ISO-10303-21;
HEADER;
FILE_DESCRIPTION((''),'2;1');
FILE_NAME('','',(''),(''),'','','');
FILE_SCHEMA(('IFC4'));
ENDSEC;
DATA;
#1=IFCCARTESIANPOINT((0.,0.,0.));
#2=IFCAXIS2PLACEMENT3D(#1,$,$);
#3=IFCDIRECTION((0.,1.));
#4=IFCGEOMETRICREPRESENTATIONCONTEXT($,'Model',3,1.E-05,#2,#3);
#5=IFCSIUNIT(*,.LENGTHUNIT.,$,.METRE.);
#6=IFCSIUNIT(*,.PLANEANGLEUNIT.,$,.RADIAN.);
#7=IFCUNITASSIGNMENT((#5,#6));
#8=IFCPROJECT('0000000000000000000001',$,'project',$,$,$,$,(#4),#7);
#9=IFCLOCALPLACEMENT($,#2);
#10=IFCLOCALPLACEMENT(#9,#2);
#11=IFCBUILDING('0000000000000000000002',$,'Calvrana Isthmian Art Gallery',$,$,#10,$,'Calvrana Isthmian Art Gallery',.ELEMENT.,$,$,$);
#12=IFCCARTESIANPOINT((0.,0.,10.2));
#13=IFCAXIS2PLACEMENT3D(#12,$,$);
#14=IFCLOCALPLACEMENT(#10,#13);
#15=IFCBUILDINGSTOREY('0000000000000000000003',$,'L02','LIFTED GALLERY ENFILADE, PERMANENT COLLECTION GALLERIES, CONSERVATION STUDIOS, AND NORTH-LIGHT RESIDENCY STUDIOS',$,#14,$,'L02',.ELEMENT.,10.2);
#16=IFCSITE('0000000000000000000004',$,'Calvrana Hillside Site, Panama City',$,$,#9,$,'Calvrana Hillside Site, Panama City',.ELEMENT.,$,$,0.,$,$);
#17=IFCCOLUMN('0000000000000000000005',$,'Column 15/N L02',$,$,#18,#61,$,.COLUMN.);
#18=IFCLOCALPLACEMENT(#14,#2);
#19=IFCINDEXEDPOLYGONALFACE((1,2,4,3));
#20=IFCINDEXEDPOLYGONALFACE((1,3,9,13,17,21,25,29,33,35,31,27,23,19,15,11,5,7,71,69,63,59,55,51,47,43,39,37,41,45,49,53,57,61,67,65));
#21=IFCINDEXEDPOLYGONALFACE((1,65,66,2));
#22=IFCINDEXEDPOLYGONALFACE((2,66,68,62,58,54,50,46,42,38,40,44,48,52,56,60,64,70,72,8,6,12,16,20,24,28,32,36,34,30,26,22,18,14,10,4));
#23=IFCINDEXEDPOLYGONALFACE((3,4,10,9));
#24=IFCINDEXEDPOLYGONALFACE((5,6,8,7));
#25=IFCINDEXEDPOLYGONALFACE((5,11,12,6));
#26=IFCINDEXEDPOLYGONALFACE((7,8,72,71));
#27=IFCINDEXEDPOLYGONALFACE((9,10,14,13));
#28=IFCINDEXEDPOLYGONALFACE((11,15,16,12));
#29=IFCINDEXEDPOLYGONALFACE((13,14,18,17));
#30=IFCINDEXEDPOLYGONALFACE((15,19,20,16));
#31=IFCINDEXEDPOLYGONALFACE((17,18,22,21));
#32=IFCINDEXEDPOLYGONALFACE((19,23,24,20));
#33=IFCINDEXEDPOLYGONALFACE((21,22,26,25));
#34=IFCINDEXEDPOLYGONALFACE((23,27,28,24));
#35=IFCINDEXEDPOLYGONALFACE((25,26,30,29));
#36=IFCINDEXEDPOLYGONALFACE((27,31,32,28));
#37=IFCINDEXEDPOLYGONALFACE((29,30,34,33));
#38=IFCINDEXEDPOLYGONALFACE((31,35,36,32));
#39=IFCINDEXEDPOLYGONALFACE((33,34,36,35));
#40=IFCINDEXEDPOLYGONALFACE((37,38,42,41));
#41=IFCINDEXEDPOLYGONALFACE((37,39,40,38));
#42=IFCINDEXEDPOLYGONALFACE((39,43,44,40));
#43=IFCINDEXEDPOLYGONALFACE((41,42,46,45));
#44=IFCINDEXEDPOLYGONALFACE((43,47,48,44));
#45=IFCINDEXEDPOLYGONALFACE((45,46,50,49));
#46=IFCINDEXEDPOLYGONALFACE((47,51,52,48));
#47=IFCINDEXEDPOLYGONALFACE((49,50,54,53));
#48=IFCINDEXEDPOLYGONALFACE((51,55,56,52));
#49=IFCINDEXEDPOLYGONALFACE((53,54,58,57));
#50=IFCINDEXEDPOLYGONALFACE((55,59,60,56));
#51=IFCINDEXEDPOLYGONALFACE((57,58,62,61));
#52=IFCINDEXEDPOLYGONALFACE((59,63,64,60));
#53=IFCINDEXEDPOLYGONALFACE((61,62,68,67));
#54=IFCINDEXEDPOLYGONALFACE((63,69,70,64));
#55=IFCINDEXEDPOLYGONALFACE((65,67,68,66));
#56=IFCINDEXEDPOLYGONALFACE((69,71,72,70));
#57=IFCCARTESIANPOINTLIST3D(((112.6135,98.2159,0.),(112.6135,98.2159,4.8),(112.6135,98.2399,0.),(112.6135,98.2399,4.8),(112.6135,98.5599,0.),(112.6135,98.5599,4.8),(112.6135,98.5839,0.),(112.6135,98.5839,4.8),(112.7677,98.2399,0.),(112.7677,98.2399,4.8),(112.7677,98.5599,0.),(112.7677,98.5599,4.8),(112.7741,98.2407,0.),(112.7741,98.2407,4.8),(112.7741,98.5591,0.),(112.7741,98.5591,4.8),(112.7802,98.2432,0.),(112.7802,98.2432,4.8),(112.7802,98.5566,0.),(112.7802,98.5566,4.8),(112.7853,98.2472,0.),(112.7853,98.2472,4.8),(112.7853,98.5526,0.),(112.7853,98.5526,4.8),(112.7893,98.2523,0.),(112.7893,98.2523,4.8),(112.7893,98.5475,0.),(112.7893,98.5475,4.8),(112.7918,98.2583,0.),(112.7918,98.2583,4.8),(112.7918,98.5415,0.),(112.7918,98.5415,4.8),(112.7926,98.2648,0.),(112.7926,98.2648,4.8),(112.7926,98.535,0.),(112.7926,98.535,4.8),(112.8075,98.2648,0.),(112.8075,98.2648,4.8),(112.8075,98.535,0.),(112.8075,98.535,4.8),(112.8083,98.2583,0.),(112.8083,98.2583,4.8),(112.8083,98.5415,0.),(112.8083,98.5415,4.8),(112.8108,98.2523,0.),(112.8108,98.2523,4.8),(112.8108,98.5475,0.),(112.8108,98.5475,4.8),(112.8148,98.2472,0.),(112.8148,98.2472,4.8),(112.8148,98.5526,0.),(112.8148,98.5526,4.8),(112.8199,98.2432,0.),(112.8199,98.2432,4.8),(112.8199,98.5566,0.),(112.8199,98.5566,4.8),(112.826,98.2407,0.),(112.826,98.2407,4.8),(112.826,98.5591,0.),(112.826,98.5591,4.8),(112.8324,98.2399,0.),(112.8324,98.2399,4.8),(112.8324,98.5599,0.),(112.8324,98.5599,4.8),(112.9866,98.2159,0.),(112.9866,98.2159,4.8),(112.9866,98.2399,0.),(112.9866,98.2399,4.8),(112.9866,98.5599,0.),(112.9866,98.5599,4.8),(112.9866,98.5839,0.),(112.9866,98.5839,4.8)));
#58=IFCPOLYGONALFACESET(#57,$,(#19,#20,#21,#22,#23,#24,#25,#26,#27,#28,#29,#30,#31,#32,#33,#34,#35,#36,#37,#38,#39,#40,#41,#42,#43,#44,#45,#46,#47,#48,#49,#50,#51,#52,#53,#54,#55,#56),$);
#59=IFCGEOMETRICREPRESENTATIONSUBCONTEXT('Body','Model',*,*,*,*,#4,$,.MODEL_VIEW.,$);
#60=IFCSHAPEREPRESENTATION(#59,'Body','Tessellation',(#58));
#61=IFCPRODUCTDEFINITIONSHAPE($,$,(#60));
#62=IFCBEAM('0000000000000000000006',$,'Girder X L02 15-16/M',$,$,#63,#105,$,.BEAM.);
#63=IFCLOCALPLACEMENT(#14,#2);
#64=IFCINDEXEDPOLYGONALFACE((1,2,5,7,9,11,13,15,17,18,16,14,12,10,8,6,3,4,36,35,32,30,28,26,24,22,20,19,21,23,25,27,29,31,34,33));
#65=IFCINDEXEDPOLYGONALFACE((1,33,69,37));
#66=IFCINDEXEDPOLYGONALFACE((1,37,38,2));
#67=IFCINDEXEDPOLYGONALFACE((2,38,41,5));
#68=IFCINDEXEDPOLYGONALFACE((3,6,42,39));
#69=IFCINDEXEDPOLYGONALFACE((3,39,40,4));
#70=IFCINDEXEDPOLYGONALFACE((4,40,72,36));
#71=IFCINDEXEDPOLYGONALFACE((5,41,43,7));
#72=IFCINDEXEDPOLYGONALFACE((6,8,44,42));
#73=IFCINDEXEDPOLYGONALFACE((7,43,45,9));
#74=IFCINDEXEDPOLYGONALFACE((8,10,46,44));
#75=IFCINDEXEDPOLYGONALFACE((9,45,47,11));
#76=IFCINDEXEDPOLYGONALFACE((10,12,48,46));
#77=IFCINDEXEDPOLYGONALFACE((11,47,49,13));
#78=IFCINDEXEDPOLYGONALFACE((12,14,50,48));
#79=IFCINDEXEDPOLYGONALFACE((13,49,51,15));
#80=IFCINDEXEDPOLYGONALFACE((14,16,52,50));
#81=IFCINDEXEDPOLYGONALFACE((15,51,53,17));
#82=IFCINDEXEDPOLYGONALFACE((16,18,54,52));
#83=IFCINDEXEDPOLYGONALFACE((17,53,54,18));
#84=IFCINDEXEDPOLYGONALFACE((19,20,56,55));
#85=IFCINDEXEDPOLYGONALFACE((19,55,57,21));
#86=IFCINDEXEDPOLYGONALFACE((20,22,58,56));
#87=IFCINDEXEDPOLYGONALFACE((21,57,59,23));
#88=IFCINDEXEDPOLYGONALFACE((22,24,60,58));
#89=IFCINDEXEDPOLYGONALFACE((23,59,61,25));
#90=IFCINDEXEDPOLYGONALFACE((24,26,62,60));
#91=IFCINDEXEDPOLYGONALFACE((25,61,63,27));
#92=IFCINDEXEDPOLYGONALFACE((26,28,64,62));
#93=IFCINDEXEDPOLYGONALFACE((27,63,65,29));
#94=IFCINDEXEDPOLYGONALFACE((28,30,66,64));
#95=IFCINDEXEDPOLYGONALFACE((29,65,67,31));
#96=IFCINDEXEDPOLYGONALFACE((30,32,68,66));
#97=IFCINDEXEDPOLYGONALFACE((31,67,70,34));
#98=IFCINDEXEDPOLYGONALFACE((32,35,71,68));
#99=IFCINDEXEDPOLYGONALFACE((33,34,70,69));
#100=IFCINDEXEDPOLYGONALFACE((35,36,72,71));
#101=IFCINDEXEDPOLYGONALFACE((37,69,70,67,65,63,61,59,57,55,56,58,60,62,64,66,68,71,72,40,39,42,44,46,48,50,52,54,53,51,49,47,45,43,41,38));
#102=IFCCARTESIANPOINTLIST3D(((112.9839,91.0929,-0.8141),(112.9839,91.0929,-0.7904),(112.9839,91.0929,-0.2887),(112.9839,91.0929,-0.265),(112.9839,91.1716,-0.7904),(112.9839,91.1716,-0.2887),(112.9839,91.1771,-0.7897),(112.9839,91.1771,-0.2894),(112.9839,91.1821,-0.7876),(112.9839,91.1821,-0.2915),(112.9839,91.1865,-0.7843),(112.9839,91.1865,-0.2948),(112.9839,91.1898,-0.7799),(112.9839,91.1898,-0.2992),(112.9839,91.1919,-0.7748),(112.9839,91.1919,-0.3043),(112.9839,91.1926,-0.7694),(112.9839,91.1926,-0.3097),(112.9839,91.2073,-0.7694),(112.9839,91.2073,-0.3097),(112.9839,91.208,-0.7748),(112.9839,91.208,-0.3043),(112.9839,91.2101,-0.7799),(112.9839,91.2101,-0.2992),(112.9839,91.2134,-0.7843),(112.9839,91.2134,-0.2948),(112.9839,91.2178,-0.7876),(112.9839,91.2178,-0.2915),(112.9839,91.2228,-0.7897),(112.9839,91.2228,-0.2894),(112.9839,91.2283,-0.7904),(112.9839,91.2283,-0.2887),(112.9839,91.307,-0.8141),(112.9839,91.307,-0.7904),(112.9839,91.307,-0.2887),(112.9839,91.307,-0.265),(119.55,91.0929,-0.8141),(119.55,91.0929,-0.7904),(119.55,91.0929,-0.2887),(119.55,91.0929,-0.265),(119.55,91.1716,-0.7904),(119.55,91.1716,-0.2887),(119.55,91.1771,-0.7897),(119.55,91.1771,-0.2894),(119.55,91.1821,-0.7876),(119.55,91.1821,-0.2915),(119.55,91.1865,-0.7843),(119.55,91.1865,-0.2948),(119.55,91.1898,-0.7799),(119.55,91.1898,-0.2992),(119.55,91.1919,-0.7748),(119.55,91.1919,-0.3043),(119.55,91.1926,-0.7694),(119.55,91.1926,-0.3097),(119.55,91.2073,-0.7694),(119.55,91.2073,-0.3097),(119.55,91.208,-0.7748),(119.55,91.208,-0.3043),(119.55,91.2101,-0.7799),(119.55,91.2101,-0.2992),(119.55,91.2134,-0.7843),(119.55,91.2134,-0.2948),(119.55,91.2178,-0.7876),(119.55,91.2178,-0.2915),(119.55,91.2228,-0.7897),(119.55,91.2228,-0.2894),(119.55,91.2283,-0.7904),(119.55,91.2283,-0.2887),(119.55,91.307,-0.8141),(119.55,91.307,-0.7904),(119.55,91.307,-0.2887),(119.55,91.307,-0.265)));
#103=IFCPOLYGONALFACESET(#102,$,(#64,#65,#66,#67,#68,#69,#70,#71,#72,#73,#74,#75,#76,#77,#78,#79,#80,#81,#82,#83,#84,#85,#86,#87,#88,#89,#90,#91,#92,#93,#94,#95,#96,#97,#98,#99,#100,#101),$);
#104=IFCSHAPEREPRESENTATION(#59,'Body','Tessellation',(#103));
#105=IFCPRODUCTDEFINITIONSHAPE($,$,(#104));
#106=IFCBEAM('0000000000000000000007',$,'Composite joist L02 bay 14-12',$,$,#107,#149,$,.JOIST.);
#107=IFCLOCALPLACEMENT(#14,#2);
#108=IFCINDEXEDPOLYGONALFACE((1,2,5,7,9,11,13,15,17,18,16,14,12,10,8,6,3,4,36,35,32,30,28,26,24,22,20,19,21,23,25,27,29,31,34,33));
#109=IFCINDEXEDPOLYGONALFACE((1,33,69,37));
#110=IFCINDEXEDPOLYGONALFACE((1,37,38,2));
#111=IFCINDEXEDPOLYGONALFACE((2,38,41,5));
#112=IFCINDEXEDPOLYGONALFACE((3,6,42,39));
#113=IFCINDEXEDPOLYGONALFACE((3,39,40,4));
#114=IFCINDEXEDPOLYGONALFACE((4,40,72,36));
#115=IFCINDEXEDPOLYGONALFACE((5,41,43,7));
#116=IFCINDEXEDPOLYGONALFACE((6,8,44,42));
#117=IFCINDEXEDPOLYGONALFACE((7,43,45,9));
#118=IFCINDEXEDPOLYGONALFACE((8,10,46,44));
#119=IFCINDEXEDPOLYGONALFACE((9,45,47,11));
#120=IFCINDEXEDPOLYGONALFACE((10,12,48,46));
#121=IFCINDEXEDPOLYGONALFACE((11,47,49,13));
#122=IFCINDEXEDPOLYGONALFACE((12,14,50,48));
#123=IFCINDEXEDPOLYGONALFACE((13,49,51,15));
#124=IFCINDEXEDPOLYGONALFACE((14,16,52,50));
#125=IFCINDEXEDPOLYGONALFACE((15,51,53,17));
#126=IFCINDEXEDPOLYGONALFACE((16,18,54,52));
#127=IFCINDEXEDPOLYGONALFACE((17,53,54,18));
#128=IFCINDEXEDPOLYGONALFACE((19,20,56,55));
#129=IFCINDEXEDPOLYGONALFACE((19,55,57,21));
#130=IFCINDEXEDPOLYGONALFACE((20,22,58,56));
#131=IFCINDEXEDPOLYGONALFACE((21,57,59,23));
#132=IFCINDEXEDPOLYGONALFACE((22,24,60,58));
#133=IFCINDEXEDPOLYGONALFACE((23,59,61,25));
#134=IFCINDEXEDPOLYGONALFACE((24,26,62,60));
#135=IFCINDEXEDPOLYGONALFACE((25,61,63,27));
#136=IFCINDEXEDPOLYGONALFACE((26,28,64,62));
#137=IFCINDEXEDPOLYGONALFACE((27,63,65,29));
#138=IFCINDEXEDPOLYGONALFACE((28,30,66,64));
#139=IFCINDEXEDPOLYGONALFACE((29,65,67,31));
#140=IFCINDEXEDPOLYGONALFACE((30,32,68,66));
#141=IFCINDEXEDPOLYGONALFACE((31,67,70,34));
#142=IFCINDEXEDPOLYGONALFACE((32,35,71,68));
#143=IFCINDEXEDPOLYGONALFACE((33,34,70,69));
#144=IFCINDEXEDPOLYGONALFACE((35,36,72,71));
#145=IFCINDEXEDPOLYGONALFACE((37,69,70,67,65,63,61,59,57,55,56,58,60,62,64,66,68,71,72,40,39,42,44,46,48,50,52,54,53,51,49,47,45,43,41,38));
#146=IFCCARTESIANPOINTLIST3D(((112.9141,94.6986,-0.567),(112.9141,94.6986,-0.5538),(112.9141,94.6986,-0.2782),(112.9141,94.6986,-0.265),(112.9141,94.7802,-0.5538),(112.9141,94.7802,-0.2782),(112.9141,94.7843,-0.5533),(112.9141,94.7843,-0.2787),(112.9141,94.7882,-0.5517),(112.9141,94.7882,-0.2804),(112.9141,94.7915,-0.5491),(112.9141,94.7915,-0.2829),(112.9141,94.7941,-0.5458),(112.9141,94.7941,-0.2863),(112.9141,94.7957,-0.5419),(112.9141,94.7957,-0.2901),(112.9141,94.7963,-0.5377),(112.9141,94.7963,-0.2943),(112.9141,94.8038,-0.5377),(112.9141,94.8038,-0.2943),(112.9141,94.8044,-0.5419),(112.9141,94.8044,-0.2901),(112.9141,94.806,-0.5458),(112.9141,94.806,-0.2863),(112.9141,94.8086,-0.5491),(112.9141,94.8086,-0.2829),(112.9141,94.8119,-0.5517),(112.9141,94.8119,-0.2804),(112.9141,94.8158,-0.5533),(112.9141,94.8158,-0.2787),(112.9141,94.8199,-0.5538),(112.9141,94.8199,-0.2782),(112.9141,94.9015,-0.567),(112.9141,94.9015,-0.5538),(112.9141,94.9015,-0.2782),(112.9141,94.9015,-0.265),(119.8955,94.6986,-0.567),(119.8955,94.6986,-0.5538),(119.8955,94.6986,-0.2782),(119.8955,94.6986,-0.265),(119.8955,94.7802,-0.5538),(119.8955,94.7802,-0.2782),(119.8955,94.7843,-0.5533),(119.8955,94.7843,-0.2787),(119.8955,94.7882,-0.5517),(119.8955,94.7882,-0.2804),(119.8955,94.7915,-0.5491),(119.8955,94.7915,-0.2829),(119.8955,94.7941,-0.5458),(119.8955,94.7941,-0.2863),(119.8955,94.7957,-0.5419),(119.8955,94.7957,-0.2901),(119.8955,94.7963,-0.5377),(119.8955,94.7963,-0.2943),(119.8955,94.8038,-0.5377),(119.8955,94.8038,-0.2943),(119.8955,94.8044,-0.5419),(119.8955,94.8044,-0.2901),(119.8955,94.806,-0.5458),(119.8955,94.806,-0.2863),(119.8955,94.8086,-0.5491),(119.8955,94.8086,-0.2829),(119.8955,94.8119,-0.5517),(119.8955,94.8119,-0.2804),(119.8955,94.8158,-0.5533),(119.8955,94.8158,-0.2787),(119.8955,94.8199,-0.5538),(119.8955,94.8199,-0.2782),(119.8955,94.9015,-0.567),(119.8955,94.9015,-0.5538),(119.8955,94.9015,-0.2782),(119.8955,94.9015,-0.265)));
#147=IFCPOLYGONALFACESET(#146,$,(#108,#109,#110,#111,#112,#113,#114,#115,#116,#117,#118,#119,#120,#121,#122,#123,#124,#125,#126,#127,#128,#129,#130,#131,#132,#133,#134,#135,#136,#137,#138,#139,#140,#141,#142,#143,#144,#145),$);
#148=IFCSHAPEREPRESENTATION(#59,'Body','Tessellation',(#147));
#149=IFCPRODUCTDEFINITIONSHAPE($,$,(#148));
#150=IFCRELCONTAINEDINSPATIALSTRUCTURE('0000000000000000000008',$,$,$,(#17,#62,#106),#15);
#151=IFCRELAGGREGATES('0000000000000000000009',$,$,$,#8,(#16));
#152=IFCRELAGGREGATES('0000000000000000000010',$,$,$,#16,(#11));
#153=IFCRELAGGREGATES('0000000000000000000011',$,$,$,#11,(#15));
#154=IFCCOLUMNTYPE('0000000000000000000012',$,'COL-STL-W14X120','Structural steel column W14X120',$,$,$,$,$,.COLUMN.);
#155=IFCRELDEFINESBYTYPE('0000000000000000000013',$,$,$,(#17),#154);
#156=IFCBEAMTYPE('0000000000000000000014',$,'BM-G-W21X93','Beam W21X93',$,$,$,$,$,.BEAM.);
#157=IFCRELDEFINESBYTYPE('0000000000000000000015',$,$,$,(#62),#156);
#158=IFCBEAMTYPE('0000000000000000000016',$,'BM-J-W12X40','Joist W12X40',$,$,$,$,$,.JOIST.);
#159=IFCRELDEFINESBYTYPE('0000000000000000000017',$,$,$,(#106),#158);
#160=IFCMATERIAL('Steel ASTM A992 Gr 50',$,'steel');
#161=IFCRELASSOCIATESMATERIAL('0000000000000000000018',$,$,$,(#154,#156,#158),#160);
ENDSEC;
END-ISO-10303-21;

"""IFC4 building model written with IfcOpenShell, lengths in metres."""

from ifc_helpers import new_model, si_unit, direction, frame, origin, origin_2d, place, context, subcontext, project, spatial, i_section, extrude, material, material_profile, profile_set, type_object, element, save


model = new_model("IFC4")

# Units and contexts
model_context = context("Model", 3, precision=1e-05, world=origin(), true_north=direction((0.0, 1.0)))
body_context = subcontext(model_context, "Body", "Model", "MODEL_VIEW")
ifc_project = project(units=[si_unit("LENGTHUNIT", "METRE"), si_unit("PLANEANGLEUNIT", "RADIAN")], contexts=[model_context])

# Site, building, storey
site_placement = place(None, origin())
site = spatial("IfcSite", under=ifc_project, at=site_placement, Name="Calvrana Hillside Site, Panama City", LongName="Calvrana Hillside Site, Panama City", CompositionType="ELEMENT", RefElevation=0.0)
building_placement = place(site_placement, origin())
building = spatial("IfcBuilding", under=site, at=building_placement, Name="Calvrana Isthmian Art Gallery", LongName="Calvrana Isthmian Art Gallery", CompositionType="ELEMENT")
storey_placement = place(building_placement, frame((0.0, 0.0, 10.2)))
storey = spatial("IfcBuildingStorey", under=building, at=storey_placement, Name="L02", Description="LIFTED GALLERY ENFILADE, PERMANENT COLLECTION GALLERIES, CONSERVATION STUDIOS, AND NORTH-LIGHT RESIDENCY STUDIOS", LongName="L02", CompositionType="ELEMENT", Elevation=10.2)

# Column
ifc_material_1 = material(Name="Steel ASTM A992 Gr 50", Category="steel")
ifc_material_profile_1 = material_profile(ifc_material_1, i_section(OverallWidth=0.373, OverallDepth=0.3679, WebThickness=0.0149, FlangeThickness=0.0239, FilletRadius=0.0249, at=origin_2d()), Name="W14X120")
ifc_profile_set_1 = profile_set([ifc_material_profile_1], Name="Steel ASTM A992 Gr 50")
column_type = type_object("IfcColumnType", Name="COL-STL-W14X120", Description="Structural steel column W14X120", PredefinedType="COLUMN", material=ifc_profile_set_1)
column_placement = place(storey_placement, frame((112.8, 98.3999, 0.0), z_axis=(0.0, 0.0, 1.0), x_axis=(1.0, 0.0, 0.0)))
element("IfcColumn", 1, at=column_placement, inside=storey, type_object=column_type, Name="Column 15/N L02", PredefinedType="COLUMN", context=body_context, shape_type="SweptSolid", body=[
    extrude(i_section(OverallWidth=0.373, OverallDepth=0.3679, WebThickness=0.0149, FlangeThickness=0.0239, FilletRadius=0.0249, at=origin_2d()), origin(), (0.0, 0.0, 1.0), 4.8),
])

# Beams
ifc_material_profile_2 = material_profile(ifc_material_1, i_section(OverallWidth=0.2141, OverallDepth=0.5491, WebThickness=0.0146, FlangeThickness=0.0237, FilletRadius=0.021, at=origin_2d()), Name="W21X93")
ifc_profile_set_2 = profile_set([ifc_material_profile_2], Name="Steel ASTM A992 Gr 50")
beam_type_1 = type_object("IfcBeamType", Name="BM-G-W21X93", Description="Beam W21X93", PredefinedType="BEAM", material=ifc_profile_set_2)
beam_1_placement = place(storey_placement, frame((112.9839, 91.2, -0.5396), z_axis=(1.0, 0.0, 0.0), x_axis=(0.0, 1.0, 0.0)))
element("IfcBeam", 2, at=beam_1_placement, inside=storey, type_object=beam_type_1, Name="Girder X L02 15-16/M", PredefinedType="BEAM", context=body_context, shape_type="SweptSolid", body=[
    extrude(i_section(OverallWidth=0.2141, OverallDepth=0.5491, WebThickness=0.0146, FlangeThickness=0.0237, FilletRadius=0.021, at=origin_2d()), origin(), (0.0, 0.0, 1.0), 6.5662),
])
ifc_material_profile_3 = material_profile(ifc_material_1, i_section(OverallWidth=0.2029, OverallDepth=0.302, WebThickness=0.0076, FlangeThickness=0.0132, FilletRadius=0.0161, at=origin_2d()), Name="W12X40")
ifc_profile_set_3 = profile_set([ifc_material_profile_3], Name="Steel ASTM A992 Gr 50")
beam_type_2 = type_object("IfcBeamType", Name="BM-J-W12X40", Description="Joist W12X40", PredefinedType="JOIST", material=ifc_profile_set_3)
beam_2_placement = place(storey_placement, frame((112.9141, 94.8, -0.416), z_axis=(1.0, 0.0, 0.0), x_axis=(0.0, 1.0, 0.0)))
element("IfcBeam", 3, at=beam_2_placement, inside=storey, type_object=beam_type_2, Name="Composite joist L02 bay 14-12", PredefinedType="JOIST", context=body_context, shape_type="SweptSolid", body=[
    extrude(i_section(OverallWidth=0.2029, OverallDepth=0.302, WebThickness=0.0076, FlangeThickness=0.0132, FilletRadius=0.0161, at=origin_2d()), origin(), (0.0, 0.0, 1.0), 6.9814),
])

save(model, "model.ifc")
